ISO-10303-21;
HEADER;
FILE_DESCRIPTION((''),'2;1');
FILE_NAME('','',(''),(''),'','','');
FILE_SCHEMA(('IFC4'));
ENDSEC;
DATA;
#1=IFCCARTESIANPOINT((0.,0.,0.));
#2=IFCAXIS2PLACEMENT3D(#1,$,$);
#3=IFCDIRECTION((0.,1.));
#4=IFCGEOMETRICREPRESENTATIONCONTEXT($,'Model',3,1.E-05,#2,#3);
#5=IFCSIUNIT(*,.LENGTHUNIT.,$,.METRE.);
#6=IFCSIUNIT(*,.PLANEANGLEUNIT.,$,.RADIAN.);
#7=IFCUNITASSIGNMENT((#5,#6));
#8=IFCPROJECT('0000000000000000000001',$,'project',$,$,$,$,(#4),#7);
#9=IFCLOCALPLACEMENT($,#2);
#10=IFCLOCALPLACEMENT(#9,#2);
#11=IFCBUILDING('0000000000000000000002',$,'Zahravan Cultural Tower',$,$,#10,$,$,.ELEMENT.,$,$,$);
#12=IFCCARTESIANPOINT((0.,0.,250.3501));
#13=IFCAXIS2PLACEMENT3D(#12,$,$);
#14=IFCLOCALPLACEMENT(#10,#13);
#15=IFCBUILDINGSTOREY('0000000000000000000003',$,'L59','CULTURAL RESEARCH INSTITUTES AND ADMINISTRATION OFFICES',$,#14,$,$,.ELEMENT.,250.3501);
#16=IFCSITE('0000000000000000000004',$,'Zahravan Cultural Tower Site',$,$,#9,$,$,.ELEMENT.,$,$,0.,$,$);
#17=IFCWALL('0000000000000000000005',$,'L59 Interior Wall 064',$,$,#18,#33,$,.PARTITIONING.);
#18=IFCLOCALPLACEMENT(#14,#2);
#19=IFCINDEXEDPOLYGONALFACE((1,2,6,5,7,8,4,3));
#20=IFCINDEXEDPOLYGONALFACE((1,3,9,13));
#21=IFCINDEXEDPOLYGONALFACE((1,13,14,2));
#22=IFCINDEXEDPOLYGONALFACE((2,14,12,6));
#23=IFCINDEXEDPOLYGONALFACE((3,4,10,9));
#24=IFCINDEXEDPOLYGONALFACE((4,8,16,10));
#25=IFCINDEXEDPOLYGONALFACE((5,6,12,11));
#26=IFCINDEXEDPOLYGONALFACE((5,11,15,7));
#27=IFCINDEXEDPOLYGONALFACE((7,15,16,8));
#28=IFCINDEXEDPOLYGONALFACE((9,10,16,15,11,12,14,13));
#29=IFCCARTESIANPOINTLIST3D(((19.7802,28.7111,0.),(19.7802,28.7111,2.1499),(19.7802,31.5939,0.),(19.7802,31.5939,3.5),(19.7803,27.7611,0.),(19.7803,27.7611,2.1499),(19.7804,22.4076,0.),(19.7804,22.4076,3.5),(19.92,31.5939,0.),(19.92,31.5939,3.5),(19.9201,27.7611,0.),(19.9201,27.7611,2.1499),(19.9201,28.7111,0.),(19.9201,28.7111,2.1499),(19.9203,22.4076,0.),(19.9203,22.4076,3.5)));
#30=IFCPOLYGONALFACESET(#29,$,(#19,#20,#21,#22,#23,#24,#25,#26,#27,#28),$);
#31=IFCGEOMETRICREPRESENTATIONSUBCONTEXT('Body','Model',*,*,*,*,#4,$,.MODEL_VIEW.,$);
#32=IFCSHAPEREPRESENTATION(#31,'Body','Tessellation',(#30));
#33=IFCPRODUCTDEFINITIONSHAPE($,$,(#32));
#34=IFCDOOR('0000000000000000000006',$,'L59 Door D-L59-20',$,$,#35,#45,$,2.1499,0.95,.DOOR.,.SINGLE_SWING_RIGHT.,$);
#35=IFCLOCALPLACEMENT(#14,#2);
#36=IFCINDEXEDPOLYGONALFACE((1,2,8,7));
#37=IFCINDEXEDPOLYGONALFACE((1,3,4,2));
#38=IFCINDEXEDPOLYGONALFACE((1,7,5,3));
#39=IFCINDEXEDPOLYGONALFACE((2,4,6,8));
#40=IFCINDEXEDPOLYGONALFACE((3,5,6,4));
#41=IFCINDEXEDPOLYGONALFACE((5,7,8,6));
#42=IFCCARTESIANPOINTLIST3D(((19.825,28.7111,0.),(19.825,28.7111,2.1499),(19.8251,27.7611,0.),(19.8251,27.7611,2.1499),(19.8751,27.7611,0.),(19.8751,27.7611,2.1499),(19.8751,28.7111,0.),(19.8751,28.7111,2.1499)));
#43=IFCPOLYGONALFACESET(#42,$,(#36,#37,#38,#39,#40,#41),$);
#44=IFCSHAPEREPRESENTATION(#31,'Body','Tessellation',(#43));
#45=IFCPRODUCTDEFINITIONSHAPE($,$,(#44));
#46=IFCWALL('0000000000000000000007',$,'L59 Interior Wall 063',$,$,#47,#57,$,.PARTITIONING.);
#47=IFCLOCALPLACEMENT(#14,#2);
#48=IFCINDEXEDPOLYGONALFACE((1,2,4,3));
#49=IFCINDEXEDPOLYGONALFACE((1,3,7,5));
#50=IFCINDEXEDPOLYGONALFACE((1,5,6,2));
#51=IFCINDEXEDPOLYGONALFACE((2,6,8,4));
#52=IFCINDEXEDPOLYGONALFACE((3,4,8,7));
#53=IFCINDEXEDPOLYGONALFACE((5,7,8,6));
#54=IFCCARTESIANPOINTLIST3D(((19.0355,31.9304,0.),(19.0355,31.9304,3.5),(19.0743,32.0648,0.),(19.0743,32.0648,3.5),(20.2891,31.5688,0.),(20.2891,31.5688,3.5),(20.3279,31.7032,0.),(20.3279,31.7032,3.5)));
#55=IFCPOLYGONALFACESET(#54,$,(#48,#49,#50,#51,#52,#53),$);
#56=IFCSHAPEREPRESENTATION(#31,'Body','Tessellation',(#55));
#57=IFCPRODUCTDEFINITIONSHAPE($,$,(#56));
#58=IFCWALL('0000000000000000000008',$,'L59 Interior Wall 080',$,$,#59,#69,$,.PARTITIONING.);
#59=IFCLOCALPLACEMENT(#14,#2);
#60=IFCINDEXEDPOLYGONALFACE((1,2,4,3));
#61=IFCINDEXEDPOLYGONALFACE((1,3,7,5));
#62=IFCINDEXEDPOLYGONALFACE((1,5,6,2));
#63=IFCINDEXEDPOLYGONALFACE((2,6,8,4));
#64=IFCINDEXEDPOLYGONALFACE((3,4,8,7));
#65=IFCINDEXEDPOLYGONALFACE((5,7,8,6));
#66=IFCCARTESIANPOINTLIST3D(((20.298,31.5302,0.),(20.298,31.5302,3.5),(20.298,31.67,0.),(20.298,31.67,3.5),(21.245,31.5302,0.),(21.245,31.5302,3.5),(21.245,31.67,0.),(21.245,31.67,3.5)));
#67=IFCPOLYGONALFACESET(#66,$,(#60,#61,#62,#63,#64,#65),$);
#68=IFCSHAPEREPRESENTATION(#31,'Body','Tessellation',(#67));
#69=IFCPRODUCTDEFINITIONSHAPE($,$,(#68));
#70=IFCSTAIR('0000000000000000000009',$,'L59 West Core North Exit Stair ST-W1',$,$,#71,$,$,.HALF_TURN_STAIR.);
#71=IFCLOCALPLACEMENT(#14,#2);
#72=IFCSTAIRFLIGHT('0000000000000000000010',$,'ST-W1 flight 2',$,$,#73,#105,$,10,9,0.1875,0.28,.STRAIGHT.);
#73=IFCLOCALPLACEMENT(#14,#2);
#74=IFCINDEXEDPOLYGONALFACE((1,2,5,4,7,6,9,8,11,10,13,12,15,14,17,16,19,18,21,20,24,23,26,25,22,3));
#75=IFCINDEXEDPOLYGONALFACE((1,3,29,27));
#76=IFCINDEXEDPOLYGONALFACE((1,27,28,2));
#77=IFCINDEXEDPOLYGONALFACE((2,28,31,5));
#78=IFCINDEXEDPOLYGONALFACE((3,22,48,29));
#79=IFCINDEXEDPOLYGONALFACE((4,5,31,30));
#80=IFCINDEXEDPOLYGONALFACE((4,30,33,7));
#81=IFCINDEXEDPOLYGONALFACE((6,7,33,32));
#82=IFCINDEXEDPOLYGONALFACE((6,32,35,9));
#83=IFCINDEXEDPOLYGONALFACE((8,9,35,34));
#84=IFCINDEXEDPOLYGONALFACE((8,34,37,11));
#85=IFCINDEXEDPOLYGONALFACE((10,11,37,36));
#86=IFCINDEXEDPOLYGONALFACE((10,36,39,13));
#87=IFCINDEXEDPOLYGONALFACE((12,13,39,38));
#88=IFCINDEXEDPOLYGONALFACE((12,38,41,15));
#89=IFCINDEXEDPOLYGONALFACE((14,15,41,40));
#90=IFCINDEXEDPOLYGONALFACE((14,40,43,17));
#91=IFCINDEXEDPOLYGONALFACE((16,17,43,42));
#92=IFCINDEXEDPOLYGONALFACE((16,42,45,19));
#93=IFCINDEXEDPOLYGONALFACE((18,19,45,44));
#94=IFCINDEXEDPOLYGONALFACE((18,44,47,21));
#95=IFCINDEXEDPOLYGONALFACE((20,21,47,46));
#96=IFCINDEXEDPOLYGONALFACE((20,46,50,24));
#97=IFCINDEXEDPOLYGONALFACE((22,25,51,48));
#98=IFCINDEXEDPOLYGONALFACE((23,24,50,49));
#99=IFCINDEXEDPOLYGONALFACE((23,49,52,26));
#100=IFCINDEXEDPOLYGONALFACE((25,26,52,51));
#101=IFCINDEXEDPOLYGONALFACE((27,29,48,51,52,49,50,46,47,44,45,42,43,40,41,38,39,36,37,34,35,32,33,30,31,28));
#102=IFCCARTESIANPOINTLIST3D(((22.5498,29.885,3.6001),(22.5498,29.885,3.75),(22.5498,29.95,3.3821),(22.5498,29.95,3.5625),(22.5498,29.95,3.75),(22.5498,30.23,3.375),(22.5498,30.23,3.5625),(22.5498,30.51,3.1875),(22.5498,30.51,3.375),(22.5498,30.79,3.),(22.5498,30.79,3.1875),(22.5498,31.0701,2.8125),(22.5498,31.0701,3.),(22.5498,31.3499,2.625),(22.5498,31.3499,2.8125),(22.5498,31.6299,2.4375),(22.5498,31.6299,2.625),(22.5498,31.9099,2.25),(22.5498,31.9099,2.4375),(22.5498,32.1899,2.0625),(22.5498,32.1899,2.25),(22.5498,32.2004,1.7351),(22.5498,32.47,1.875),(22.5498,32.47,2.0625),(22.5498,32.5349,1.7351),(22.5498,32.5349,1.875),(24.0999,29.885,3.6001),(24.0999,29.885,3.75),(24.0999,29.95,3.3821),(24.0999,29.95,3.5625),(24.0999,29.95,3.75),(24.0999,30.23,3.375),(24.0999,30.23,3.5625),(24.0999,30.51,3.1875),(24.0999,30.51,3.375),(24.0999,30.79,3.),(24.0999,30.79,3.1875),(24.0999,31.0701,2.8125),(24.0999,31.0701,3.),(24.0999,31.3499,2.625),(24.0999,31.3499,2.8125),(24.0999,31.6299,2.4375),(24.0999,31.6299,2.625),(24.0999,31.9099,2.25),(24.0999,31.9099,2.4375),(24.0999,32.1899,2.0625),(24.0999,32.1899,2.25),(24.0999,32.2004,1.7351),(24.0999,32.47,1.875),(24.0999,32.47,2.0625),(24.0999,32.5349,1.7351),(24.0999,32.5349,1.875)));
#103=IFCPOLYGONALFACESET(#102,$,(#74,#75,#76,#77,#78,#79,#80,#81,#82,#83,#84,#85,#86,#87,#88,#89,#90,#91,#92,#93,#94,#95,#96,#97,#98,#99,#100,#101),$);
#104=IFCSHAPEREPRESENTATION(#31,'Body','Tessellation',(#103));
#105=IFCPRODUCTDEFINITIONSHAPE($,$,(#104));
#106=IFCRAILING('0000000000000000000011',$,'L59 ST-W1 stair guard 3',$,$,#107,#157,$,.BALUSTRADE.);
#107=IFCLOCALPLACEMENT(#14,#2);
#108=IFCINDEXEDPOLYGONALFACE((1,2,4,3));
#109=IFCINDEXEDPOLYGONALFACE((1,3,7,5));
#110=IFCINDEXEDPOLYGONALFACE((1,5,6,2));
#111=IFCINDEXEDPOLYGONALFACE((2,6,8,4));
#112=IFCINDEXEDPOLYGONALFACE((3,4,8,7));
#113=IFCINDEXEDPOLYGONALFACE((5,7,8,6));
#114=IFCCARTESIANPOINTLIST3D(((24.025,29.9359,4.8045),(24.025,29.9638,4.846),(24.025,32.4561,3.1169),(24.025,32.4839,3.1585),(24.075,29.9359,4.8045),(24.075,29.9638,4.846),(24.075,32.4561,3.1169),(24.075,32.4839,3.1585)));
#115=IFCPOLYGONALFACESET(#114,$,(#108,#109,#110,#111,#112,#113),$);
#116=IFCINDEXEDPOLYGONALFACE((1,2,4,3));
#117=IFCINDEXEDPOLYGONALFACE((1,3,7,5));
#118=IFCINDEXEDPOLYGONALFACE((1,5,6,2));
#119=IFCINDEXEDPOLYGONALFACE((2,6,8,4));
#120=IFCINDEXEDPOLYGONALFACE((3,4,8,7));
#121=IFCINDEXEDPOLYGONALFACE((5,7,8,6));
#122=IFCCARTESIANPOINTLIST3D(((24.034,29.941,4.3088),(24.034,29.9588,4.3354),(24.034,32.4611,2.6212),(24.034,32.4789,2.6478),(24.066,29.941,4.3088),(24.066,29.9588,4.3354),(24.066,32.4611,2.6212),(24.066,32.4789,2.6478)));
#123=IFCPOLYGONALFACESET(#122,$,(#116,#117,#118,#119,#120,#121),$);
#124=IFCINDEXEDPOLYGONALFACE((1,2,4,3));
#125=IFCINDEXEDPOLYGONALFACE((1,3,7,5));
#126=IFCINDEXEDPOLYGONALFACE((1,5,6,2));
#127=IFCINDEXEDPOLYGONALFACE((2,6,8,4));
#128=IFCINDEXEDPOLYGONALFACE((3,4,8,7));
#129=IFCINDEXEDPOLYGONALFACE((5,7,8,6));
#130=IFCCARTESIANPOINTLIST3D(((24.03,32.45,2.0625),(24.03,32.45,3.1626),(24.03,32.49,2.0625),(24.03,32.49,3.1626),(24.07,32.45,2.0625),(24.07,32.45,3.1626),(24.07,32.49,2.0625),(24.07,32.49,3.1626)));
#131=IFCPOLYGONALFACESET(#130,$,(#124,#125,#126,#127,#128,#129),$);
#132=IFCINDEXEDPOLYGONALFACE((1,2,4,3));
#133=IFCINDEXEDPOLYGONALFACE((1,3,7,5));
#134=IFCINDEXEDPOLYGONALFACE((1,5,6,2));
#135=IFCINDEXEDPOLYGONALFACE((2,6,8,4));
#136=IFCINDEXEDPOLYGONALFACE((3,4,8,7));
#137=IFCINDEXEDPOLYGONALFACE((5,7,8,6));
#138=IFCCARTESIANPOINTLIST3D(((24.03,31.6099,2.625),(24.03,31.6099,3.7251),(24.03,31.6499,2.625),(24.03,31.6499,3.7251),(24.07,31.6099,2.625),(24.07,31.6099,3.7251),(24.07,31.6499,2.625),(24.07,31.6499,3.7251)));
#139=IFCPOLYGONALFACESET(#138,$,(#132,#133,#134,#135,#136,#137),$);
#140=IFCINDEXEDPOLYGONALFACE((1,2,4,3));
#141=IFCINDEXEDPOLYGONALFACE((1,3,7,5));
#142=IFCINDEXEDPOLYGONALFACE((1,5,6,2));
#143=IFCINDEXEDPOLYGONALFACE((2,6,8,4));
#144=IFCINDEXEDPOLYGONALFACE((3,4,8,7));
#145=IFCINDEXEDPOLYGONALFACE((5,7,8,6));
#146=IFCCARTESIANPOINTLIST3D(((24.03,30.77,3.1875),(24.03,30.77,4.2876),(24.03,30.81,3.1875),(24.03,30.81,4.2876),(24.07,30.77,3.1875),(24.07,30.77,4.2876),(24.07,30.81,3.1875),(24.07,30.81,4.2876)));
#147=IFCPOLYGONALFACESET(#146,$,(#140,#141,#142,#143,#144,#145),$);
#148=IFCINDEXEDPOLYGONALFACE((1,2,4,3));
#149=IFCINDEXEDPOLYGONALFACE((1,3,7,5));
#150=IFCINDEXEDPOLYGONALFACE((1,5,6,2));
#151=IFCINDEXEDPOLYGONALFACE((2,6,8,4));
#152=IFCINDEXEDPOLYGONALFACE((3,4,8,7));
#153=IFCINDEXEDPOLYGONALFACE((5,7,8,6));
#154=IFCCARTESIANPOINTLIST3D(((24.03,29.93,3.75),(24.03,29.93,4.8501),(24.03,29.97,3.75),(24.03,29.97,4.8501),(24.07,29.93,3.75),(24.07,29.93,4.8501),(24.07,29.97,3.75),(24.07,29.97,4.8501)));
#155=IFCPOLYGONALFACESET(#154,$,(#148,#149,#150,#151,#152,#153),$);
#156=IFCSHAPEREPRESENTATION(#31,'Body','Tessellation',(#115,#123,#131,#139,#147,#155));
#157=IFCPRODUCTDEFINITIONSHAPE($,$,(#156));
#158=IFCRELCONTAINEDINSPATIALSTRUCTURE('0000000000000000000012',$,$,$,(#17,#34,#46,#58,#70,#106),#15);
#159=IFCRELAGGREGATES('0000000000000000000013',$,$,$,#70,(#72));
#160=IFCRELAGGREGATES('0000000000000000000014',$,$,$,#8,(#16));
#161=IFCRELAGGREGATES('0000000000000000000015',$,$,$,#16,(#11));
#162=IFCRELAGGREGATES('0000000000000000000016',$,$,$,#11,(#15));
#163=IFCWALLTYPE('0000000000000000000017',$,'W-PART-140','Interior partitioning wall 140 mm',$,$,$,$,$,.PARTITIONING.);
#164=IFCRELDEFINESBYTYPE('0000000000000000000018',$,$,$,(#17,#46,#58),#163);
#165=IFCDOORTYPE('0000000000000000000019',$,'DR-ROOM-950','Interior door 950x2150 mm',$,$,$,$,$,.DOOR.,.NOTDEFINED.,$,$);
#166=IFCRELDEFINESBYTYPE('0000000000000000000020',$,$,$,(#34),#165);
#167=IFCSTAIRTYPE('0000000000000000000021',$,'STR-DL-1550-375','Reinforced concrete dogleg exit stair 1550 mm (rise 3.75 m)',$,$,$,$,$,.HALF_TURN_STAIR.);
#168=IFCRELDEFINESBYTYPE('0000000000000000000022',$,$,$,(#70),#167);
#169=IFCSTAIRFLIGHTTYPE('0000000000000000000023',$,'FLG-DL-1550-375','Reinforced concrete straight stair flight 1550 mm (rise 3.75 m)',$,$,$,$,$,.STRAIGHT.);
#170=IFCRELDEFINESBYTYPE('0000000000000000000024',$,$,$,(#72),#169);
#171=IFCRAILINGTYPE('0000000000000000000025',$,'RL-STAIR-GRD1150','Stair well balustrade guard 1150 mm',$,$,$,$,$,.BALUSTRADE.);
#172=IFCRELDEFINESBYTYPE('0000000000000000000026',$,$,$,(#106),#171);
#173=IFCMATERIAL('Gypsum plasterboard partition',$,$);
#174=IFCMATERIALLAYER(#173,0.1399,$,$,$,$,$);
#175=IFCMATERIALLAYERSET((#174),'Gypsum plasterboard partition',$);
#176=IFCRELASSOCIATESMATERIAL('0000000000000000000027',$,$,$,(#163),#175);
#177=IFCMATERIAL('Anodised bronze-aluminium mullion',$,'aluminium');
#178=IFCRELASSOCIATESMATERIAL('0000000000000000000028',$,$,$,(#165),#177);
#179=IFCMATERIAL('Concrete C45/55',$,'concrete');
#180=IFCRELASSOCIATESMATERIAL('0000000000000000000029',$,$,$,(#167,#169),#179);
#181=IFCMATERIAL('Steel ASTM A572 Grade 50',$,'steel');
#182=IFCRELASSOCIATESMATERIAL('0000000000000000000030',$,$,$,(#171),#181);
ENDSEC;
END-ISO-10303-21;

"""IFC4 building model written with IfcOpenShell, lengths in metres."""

from ifc_helpers import new_model, si_unit, direction, frame, frame_2d, origin, origin_2d, place, context, subcontext, project, spatial, polyline, rectangle, outline, extrude, source, transform, mapped, material, layer, layer_set, type_object, element, fill, aggregate, save


model = new_model("IFC4")

# Units and contexts
model_context = context("Model", 3, precision=1e-05, world=origin(), true_north=direction((0.0, 1.0)))
body_context = subcontext(model_context, "Body", "Model", "MODEL_VIEW")
ifc_project = project(units=[si_unit("LENGTHUNIT", "METRE"), si_unit("PLANEANGLEUNIT", "RADIAN")], contexts=[model_context])

# Site, building, storey
site_placement = place(None, origin())
site = spatial("IfcSite", under=ifc_project, at=site_placement, Name="Zahravan Cultural Tower Site", CompositionType="ELEMENT", RefElevation=0.0)
building_placement = place(site_placement, origin())
building = spatial("IfcBuilding", under=site, at=building_placement, Name="Zahravan Cultural Tower", CompositionType="ELEMENT")
storey_placement = place(building_placement, frame((0.0, 0.0, 250.3501)))
storey = spatial("IfcBuildingStorey", under=building, at=storey_placement, Name="L59", Description="CULTURAL RESEARCH INSTITUTES AND ADMINISTRATION OFFICES", CompositionType="ELEMENT", Elevation=250.3501)

# Shared definitions
ifc_material_1 = material(Name="Anodised bronze-aluminium mullion", Category="aluminium")

# Wall, opening, door
ifc_material_2 = material(Name="Gypsum plasterboard partition")
ifc_layer_1 = layer(ifc_material_2, 0.1399)
ifc_layer_set_1 = layer_set([ifc_layer_1], Name="Gypsum plasterboard partition")
wall_type = type_object("IfcWallType", Name="W-PART-140", Description="Interior partitioning wall 140 mm", PredefinedType="PARTITIONING", material=ifc_layer_set_1)
wall_1_placement = place(storey_placement, frame((19.8501, 31.594, 0.0), z_axis=(0.0, 0.0, 1.0), x_axis=(0.000027, -1.0, 0.0)))
wall_1 = element("IfcWall", 1, at=wall_1_placement, inside=storey, type_object=wall_type, Name="L59 Interior Wall 064", PredefinedType="PARTITIONING", context=body_context, shape_type="SweptSolid", body=[
    extrude(rectangle(XDim=9.1863, YDim=0.1399, at=frame_2d((4.5933, 0.0))), origin(), (0.0, 0.0, 1.0), 3.5),
])
opening_placement = place(wall_1_placement, frame((2.8828, 0.0, 0.0)))
opening = element("IfcOpeningElement", 2, at=opening_placement, cuts=wall_1, PredefinedType="OPENING", context=body_context, shape_type="SweptSolid", body=[
    extrude(rectangle(XDim=0.95, YDim=2.1499, at=frame_2d((0.4751, 1.075))), frame((0.0, 0.0798, 0.0), z_axis=(0.0, -1.0, 0.0), x_axis=(1.0, 0.0, 0.0)), (0.0, 0.0, 1.0), 0.1599),
])
door_type = type_object("IfcDoorType", Name="DR-ROOM-950", Description="Interior door 950x2150 mm", OperationType="NOTDEFINED", PredefinedType="DOOR", material=ifc_material_1)
shared_shape_1 = source(origin(), body_context, "Body", "SweptSolid", [
    extrude(rectangle(XDim=0.95, YDim=2.1499, at=frame_2d((0.4751, 1.075))), frame((0.0, 0.0249, 0.0), z_axis=(0.0, -1.0, 0.0), x_axis=(1.0, 0.0, 0.0)), (0.0, 0.0, 1.0), 0.05),
])
door_placement = place(opening_placement, origin())
door = element("IfcDoor", 3, at=door_placement, inside=storey, type_object=door_type, Name="L59 Door D-L59-20", OperationType="SINGLE_SWING_RIGHT", OverallHeight=2.1499, OverallWidth=0.95, PredefinedType="DOOR", context=body_context, shape_type="MappedRepresentation", body=[
    mapped(shared_shape_1, transform((0.0, 0.0, 0.0), x_axis=(1.0, 0.0, 0.0), y_axis=(0.0, 1.0, 0.0), z_axis=(0.0, 0.0, 1.0), scale=1.0)),
])
fill(opening, door)

# Walls
shared_shape_2 = source(origin(), body_context, "Body", "SweptSolid", [
    extrude(rectangle(XDim=1.3047, YDim=0.1399, at=frame_2d((0.6523, 0.0))), origin(), (0.0, 0.0, 1.0), 3.5),
])
wall_2_placement = place(storey_placement, frame((19.0549, 31.9976, 0.0), z_axis=(0.0, 0.0, 1.0), x_axis=(0.960836, -0.277117, 0.0)))
element("IfcWall", 4, at=wall_2_placement, inside=storey, type_object=wall_type, Name="L59 Interior Wall 063", PredefinedType="PARTITIONING", context=body_context, shape_type="MappedRepresentation", body=[
    mapped(shared_shape_2, transform((0.0, 0.0, 0.0), x_axis=(1.0, 0.0, 0.0), y_axis=(0.0, 1.0, 0.0), z_axis=(0.0, 0.0, 1.0), scale=1.0)),
])
shared_shape_3 = source(origin(), body_context, "Body", "SweptSolid", [
    extrude(rectangle(XDim=0.947, YDim=0.1399, at=frame_2d((0.4736, 0.0))), origin(), (0.0, 0.0, 1.0), 3.5),
])
wall_3_placement = place(storey_placement, frame((21.2451, 31.6001, 0.0), z_axis=(0.0, 0.0, 1.0), x_axis=(-1.0, 0.0, 0.0)))
element("IfcWall", 5, at=wall_3_placement, inside=storey, type_object=wall_type, Name="L59 Interior Wall 080", PredefinedType="PARTITIONING", context=body_context, shape_type="MappedRepresentation", body=[
    mapped(shared_shape_3, transform((0.0, 0.0, 0.0), x_axis=(1.0, 0.0, 0.0), y_axis=(0.0, 1.0, 0.0), z_axis=(0.0, 0.0, 1.0), scale=1.0)),
])

# Stair, stair flight
ifc_material_3 = material(Name="Concrete C45/55", Category="concrete")
stair_type = type_object("IfcStairType", Name="STR-DL-1550-375", Description="Reinforced concrete dogleg exit stair 1550 mm (rise 3.75 m)", PredefinedType="HALF_TURN_STAIR", material=ifc_material_3)
stair_placement = place(storey_placement, origin())
stair = element("IfcStair", 6, at=stair_placement, inside=storey, type_object=stair_type, Name="L59 West Core North Exit Stair ST-W1", PredefinedType="HALF_TURN_STAIR")
stair_flight_type = type_object("IfcStairFlightType", Name="FLG-DL-1550-375", Description="Reinforced concrete straight stair flight 1550 mm (rise 3.75 m)", PredefinedType="STRAIGHT", material=ifc_material_3)
stair_flight_placement = place(storey_placement, frame((23.325, 32.47, 1.875), z_axis=(0.0, 0.0, 1.0), x_axis=(0.0, -1.0, 0.0)))
stair_flight = element("IfcStairFlight", 7, at=stair_flight_placement, type_object=stair_flight_type, Name="ST-W1 flight 2", NumberOfRisers=10, NumberOfTreads=9, PredefinedType="STRAIGHT", RiserHeight=0.1875, TreadLength=0.28, context=body_context, shape_type="SweptSolid", body=[
    extrude(outline(polyline([(-0.0649, -0.1399), (-0.0649, 0.0), (0.0, 0.0), (0.0, 0.1875), (0.28, 0.1875), (0.28, 0.375), (0.5601, 0.375), (0.5601, 0.5625), (0.8401, 0.5625), (0.8401, 0.75), (1.1201, 0.75), (1.1201, 0.9375), (1.3999, 0.9375), (1.3999, 1.125), (1.6799, 1.125), (1.6799, 1.3125), (1.96, 1.3125), (1.96, 1.5), (2.24, 1.5), (2.24, 1.6875), (2.52, 1.6875), (2.52, 1.875), (2.585, 1.875), (2.585, 1.7251), (2.52, 1.5071), (0.2695, -0.1399), (-0.0649, -0.1399)])), frame((0.0, 0.7749, 0.0), z_axis=(0.0, -1.0, 0.0), x_axis=(1.0, 0.0, 0.0)), (0.0, 0.0, 1.0), 1.55),
])
aggregate(stair, [stair_flight])

# Railing
ifc_material_4 = material(Name="Steel ASTM A572 Grade 50", Category="steel")
railing_type_1 = type_object("IfcRailingType", Name="RL-STAIR-GRD1150", Description="Stair well balustrade guard 1150 mm", PredefinedType="BALUSTRADE", material=ifc_material_4)
railing_1_placement = place(storey_placement, frame((24.05, 32.47, 2.0625)))
element("IfcRailing", 8, at=railing_1_placement, inside=storey, type_object=railing_type_1, Name="L59 ST-W1 stair guard 3", PredefinedType="BALUSTRADE", context=body_context, shape_type="SweptSolid", body=[
    extrude(rectangle(XDim=0.05, YDim=0.05, at=origin_2d()), frame((0.0, 0.0, 1.0752), z_axis=(0.0, -0.830909, 0.556408), x_axis=(1.0, 0.0, 0.0)), (0.0, 0.0, 1.0), 3.033),
    extrude(rectangle(XDim=0.032, YDim=0.032, at=origin_2d()), frame((0.0, 0.0, 0.572), z_axis=(0.0, -0.830909, 0.556408), x_axis=(1.0, 0.0, 0.0)), (0.0, 0.0, 1.0), 3.033),
    extrude(rectangle(XDim=0.04, YDim=0.04, at=origin_2d()), origin(), (0.0, 0.0, 1.0), 1.1001),
    extrude(rectangle(XDim=0.04, YDim=0.04, at=origin_2d()), frame((0.0, -0.8401, 0.5625)), (0.0, 0.0, 1.0), 1.1001),
    extrude(rectangle(XDim=0.04, YDim=0.04, at=origin_2d()), frame((0.0, -1.6799, 1.125)), (0.0, 0.0, 1.0), 1.1001),
    extrude(rectangle(XDim=0.04, YDim=0.04, at=origin_2d()), frame((0.0, -2.52, 1.6875)), (0.0, 0.0, 1.0), 1.1001),
])

save(model, "model.ifc")
